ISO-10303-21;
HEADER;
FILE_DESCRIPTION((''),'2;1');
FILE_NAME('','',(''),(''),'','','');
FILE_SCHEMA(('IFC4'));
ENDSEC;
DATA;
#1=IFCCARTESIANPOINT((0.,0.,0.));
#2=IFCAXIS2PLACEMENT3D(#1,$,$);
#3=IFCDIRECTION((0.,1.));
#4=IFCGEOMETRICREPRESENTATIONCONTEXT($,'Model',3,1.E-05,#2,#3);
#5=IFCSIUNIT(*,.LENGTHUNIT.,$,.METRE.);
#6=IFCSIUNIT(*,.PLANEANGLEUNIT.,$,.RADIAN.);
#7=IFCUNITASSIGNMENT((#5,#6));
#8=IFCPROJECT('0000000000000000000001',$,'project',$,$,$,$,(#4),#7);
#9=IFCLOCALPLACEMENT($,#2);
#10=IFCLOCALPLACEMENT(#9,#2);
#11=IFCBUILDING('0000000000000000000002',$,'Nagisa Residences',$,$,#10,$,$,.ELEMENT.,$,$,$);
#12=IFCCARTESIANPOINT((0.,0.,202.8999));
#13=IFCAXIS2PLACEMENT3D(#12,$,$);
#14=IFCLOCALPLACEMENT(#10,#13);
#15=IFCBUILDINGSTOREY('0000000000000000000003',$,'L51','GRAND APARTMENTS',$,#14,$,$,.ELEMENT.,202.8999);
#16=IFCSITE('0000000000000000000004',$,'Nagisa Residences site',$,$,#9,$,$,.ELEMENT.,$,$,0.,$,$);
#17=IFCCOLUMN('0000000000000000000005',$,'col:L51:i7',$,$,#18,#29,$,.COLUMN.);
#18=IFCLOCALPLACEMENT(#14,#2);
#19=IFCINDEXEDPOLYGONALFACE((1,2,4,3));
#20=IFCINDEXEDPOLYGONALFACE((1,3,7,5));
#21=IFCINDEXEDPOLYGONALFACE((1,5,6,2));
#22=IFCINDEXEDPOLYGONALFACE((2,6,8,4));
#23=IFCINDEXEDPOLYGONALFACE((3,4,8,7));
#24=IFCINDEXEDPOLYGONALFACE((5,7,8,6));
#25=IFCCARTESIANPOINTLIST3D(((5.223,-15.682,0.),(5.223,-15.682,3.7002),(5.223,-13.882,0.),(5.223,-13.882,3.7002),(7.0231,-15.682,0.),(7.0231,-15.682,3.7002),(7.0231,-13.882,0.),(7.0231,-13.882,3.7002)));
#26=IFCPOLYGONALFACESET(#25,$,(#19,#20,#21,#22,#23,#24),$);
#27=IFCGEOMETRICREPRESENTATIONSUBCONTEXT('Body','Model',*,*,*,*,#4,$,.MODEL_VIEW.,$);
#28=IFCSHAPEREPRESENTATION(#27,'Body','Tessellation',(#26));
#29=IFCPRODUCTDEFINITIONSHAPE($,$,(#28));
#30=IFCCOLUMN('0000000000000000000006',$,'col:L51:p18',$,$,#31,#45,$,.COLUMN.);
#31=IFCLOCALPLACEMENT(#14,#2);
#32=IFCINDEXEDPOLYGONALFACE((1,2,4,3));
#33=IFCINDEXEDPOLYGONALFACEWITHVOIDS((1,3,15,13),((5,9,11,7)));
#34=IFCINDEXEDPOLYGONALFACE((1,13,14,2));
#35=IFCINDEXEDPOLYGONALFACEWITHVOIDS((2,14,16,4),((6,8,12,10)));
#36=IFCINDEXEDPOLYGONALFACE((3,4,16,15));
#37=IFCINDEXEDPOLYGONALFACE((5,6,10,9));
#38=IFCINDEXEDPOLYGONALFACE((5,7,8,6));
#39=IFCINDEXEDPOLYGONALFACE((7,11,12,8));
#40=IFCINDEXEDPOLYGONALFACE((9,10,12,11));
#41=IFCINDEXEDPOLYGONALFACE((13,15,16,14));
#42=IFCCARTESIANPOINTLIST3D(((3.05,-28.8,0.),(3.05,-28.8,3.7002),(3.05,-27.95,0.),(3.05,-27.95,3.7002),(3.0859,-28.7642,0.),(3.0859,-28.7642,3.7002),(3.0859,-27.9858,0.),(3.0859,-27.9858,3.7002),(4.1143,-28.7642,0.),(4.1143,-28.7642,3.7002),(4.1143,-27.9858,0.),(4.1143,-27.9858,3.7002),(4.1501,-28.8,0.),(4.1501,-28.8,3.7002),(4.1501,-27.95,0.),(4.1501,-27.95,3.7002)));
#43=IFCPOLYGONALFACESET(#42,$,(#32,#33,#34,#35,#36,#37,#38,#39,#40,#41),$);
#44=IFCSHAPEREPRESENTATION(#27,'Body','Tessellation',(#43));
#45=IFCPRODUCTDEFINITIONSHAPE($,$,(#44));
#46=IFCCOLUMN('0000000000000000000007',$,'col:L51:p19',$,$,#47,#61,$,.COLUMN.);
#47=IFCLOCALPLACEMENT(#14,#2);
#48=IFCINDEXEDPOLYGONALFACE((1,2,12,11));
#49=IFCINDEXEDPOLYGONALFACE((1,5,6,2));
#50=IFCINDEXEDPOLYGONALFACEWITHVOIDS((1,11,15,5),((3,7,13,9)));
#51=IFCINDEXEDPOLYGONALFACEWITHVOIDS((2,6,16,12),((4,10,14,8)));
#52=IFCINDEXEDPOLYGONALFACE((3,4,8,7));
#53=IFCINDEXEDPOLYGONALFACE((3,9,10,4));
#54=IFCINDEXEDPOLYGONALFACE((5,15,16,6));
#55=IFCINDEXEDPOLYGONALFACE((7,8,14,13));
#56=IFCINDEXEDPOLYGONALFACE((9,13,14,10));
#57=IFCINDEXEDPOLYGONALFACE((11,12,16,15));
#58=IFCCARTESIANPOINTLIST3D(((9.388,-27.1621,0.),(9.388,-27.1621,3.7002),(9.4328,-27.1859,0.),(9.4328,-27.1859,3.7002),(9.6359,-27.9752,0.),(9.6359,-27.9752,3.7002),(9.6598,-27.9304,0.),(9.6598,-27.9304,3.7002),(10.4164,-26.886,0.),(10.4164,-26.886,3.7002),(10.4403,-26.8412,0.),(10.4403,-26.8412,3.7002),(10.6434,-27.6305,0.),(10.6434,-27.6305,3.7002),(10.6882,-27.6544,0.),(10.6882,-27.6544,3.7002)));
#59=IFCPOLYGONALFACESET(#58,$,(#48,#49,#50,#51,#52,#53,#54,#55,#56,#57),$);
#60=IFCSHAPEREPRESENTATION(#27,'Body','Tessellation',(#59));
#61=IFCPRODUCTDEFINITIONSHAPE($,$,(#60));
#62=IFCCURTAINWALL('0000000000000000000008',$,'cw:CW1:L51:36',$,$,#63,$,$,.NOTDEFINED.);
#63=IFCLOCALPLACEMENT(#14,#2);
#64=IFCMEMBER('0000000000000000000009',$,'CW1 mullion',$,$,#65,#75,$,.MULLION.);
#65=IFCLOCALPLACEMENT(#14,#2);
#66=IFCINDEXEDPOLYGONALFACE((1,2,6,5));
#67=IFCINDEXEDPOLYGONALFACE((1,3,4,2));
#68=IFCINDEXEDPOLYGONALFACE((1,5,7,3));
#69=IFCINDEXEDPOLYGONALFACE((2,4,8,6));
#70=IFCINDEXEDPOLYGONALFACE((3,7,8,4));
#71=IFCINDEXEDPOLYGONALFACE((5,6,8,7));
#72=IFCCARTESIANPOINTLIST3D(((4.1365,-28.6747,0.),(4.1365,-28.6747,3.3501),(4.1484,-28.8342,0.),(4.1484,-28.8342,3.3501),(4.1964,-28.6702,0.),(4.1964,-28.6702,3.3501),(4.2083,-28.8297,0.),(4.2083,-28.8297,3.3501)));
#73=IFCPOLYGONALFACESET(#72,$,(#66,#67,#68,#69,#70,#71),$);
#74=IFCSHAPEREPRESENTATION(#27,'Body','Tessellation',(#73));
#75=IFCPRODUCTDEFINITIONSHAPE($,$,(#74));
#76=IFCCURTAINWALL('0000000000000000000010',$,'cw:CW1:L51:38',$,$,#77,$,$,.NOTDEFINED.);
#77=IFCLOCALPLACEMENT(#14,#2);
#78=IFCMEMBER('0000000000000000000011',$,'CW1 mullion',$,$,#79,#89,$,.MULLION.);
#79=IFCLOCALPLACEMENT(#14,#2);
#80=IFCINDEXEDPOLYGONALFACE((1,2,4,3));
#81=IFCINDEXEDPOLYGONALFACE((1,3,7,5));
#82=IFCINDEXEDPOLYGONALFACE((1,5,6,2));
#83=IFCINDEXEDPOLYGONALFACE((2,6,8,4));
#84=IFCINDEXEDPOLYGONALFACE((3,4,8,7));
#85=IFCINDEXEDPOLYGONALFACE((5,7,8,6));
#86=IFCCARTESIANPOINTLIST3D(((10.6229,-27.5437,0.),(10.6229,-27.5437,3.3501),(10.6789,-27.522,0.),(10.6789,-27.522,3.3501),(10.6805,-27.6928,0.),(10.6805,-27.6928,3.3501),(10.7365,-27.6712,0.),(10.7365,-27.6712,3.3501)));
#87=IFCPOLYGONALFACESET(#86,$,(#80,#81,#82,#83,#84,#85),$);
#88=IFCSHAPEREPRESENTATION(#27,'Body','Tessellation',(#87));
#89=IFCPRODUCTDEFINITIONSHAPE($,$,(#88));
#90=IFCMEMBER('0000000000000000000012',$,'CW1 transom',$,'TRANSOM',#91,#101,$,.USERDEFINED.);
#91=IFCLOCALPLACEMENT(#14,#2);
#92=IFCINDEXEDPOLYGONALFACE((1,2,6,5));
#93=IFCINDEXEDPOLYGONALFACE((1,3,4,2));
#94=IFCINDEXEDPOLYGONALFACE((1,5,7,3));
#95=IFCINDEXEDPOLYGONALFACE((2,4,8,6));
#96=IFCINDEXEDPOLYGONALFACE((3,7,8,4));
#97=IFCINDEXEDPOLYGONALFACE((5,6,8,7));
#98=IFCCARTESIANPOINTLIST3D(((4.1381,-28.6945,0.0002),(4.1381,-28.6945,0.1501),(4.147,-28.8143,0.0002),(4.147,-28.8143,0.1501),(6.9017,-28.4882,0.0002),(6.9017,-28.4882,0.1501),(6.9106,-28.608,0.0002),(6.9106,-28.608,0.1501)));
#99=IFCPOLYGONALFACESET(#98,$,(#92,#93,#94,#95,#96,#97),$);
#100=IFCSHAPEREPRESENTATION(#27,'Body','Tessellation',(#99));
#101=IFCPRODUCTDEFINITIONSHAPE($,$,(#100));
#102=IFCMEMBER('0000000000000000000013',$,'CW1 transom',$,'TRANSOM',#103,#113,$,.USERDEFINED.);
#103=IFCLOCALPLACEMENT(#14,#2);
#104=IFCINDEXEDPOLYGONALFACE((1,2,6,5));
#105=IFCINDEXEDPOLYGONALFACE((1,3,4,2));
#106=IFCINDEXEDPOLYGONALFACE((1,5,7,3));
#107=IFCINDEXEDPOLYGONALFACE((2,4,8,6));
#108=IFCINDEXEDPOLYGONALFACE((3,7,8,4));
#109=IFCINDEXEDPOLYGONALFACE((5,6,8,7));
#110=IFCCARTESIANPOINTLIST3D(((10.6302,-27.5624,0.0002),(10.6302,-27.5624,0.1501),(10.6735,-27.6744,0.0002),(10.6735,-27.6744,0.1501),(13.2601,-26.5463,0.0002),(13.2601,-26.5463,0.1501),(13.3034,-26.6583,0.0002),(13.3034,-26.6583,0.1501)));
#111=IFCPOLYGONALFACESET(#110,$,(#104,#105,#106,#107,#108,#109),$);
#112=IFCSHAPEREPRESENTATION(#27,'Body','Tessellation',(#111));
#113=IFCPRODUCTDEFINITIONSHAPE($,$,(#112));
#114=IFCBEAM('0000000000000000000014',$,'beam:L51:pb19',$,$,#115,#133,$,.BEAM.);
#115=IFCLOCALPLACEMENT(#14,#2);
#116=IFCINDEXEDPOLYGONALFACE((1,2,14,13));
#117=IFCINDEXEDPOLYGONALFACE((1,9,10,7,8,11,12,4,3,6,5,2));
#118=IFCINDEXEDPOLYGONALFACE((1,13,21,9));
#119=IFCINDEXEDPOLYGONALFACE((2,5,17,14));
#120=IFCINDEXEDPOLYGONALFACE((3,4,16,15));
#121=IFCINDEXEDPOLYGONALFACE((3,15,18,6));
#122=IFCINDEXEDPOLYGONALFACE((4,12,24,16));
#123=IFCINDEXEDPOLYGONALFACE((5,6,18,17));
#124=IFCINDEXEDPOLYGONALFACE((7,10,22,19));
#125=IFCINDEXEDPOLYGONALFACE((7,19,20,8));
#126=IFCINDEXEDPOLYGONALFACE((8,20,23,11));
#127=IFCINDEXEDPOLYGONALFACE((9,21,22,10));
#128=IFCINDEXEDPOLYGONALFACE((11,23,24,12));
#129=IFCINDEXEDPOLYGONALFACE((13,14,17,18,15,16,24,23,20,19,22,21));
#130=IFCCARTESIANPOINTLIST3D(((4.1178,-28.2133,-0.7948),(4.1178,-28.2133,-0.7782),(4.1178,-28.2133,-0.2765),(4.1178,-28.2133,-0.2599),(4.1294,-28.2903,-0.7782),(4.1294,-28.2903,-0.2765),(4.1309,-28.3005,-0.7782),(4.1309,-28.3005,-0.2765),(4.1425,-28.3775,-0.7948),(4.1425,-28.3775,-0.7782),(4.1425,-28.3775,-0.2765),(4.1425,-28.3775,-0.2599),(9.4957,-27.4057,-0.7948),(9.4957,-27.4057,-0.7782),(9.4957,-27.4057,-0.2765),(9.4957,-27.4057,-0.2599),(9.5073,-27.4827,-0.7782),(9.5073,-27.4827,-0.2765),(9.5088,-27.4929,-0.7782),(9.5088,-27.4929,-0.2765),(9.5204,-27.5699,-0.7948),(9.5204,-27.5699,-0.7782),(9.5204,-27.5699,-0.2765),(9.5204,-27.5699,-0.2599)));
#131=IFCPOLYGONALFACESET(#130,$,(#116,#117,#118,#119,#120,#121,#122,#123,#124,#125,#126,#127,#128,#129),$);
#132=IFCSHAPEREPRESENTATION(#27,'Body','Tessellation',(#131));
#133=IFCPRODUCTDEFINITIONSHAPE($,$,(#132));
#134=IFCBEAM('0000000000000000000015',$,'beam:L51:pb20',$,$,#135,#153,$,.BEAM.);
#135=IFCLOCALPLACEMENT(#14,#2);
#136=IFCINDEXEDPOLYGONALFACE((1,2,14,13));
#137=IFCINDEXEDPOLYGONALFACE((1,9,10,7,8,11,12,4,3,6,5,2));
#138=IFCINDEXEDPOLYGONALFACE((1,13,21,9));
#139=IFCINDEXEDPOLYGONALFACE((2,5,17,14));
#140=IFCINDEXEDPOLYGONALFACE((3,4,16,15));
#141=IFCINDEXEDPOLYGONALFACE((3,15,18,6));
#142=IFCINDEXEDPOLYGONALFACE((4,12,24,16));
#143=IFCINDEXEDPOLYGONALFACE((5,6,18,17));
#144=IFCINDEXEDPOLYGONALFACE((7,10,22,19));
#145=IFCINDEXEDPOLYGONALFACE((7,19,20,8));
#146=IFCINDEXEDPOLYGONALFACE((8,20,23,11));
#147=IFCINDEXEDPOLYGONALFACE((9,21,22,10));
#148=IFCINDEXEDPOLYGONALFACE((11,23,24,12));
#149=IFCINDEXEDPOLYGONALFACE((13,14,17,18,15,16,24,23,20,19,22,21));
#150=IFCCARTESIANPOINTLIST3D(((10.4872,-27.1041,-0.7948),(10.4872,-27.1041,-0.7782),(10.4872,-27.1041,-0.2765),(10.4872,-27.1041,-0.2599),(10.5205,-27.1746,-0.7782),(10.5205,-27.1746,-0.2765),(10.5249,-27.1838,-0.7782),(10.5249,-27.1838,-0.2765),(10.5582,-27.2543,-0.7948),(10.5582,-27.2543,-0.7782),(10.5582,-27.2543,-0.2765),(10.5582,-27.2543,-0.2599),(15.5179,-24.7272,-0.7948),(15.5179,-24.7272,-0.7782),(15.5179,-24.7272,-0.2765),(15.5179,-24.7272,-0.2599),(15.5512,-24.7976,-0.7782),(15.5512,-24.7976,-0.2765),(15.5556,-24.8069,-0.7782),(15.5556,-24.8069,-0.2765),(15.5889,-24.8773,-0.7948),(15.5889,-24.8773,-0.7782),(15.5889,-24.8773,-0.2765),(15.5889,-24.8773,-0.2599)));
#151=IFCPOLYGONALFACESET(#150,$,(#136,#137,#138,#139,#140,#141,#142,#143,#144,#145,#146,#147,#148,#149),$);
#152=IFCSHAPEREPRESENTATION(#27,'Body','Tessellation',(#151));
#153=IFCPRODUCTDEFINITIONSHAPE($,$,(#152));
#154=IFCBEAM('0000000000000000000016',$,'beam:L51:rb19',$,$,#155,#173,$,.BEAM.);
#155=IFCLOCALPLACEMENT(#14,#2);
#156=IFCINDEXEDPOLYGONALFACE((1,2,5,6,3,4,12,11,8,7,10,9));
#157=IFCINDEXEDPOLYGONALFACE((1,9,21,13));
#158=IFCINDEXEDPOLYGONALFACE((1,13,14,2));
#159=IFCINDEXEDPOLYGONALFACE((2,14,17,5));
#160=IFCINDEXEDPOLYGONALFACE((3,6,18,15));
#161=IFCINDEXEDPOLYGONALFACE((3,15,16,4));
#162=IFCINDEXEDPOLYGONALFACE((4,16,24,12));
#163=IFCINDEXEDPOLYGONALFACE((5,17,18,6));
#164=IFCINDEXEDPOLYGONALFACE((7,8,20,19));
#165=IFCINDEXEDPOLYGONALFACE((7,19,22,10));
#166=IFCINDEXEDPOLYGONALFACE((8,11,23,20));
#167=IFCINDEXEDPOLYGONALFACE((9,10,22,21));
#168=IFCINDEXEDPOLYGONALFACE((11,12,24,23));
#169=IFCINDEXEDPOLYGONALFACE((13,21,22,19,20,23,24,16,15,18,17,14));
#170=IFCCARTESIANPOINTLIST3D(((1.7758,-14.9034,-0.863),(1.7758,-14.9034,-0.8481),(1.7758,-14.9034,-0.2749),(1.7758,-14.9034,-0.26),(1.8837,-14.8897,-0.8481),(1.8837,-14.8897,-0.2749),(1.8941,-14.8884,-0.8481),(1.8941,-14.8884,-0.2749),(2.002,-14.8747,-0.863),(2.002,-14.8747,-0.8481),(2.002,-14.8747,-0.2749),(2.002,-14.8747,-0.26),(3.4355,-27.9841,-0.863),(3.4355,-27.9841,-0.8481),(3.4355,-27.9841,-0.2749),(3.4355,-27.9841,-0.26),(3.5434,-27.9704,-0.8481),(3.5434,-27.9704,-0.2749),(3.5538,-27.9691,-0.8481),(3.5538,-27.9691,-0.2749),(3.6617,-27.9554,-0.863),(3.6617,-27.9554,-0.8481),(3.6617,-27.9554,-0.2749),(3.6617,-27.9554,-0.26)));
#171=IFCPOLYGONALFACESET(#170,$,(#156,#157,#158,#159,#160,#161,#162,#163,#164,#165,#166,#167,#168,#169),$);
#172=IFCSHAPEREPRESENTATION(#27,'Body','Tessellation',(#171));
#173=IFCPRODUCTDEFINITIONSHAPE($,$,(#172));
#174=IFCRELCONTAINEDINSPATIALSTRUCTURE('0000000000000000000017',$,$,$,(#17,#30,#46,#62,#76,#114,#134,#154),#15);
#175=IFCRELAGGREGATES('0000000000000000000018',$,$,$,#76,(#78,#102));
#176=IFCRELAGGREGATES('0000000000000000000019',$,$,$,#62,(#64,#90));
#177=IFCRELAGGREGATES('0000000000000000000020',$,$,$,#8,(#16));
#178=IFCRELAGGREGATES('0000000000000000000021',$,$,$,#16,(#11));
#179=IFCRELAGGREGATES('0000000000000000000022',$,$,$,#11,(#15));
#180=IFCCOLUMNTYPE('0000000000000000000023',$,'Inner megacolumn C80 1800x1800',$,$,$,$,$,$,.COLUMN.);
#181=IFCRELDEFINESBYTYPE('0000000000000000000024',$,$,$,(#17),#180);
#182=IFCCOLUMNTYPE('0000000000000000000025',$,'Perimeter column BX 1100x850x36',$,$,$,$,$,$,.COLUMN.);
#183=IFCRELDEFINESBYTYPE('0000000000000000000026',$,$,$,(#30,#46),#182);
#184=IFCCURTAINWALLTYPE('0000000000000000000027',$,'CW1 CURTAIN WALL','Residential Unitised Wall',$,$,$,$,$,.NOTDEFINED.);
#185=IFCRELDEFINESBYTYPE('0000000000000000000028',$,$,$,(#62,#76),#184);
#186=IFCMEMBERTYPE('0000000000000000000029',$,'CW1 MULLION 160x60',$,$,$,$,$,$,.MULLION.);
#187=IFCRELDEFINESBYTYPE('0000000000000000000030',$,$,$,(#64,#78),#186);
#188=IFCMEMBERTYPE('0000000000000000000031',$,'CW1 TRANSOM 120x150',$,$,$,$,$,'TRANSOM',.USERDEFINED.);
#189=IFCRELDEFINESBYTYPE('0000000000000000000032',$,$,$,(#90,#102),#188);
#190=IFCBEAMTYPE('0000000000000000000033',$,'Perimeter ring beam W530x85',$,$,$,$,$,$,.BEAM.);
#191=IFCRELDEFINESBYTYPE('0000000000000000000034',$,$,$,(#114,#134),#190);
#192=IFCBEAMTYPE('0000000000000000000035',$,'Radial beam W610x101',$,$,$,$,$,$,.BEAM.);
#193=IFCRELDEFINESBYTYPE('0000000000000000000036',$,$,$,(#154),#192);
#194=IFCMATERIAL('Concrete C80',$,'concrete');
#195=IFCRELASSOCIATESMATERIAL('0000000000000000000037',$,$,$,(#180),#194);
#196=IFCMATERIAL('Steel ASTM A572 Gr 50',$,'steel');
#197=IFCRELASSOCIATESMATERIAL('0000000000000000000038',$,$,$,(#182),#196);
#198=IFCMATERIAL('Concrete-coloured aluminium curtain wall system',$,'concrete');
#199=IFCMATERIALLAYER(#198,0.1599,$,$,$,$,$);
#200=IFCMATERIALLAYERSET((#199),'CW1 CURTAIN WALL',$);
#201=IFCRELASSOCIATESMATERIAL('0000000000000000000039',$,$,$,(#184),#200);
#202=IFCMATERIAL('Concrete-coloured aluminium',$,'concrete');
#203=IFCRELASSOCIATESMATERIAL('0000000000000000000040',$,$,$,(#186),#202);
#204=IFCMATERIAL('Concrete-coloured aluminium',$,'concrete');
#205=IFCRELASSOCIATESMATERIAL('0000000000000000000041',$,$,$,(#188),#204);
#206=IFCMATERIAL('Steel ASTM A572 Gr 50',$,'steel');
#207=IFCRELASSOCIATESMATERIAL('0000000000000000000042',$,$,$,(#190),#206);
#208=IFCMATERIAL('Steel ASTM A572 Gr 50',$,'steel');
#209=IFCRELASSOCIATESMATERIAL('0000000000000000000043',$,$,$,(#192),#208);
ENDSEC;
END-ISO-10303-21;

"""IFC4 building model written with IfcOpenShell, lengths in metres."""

from ifc_helpers import new_model, si_unit, direction, frame, origin, origin_2d, place, context, subcontext, project, spatial, rectangle, hollow_rectangle, i_section, extrude, material, layer, layer_set, material_profile, profile_set, type_object, element, aggregate, save


model = new_model("IFC4")

# Units and contexts
model_context = context("Model", 3, precision=1e-05, world=origin(), true_north=direction((0.0, 1.0)))
body_context = subcontext(model_context, "Body", "Model", "MODEL_VIEW")
ifc_project = project(units=[si_unit("LENGTHUNIT", "METRE"), si_unit("PLANEANGLEUNIT", "RADIAN")], contexts=[model_context])

# Site, building, storey
site_placement = place(None, origin())
site = spatial("IfcSite", under=ifc_project, at=site_placement, Name="Nagisa Residences site", CompositionType="ELEMENT", RefElevation=0.0)
building_placement = place(site_placement, origin())
building = spatial("IfcBuilding", under=site, at=building_placement, Name="Nagisa Residences", CompositionType="ELEMENT")
storey_placement = place(building_placement, frame((0.0, 0.0, 202.8999)))
storey = spatial("IfcBuildingStorey", under=building, at=storey_placement, Name="L51", Description="GRAND APARTMENTS", CompositionType="ELEMENT", Elevation=202.8999)

# Columns
ifc_material_1 = material(Name="Concrete C80", Category="concrete")
ifc_material_profile_1 = material_profile(ifc_material_1, rectangle(XDim=1.8, YDim=1.8, at=origin_2d()), Name="C80 1800x1800")
ifc_profile_set_1 = profile_set([ifc_material_profile_1], Name="Concrete C80")
column_type_1 = type_object("IfcColumnType", Name="Inner megacolumn C80 1800x1800", PredefinedType="COLUMN", material=ifc_profile_set_1)
column_placement = place(storey_placement, frame((6.123, -14.782, 0.0), z_axis=(0.0, 0.0, 1.0), x_axis=(1.0, 0.0, 0.0)))
element("IfcColumn", 1, at=column_placement, inside=storey, type_object=column_type_1, Name="col:L51:i7", PredefinedType="COLUMN", context=body_context, shape_type="SweptSolid", body=[
    extrude(rectangle(XDim=1.8, YDim=1.8, at=origin_2d()), origin(), (0.0, 0.0, 1.0), 3.7002),
])
ifc_material_2 = material(Name="Steel ASTM A572 Gr 50", Category="steel")
ifc_material_profile_2 = material_profile(ifc_material_2, hollow_rectangle(XDim=1.1001, YDim=0.8501, WallThickness=0.0359, at=origin_2d()), Name="BX 1100x850x36")
ifc_profile_set_2 = profile_set([ifc_material_profile_2], Name="Steel ASTM A572 Gr 50")
column_type_2 = type_object("IfcColumnType", Name="Perimeter column BX 1100x850x36", PredefinedType="COLUMN", material=ifc_profile_set_2)
for number, where, z_axis, x_axis, name in (
    (2, (3.6001, -28.375, 0.0), (0.0, 0.0, 1.0), (1.0, 0.0, 0.0), "col:L51:p18"),
    (3, (10.0381, -27.4082, 0.0), (0.0, 0.0, 1.0), (0.956525, 0.291652, 0.0), "col:L51:p19"),
):
    element("IfcColumn", number, at=place(storey_placement, frame(where, z_axis=z_axis, x_axis=x_axis)), inside=storey, type_object=column_type_2, Name=name, PredefinedType="COLUMN", context=body_context, shape_type="SweptSolid", body=[
        extrude(hollow_rectangle(XDim=1.1001, YDim=0.8501, WallThickness=0.0359, at=origin_2d()), origin(), (0.0, 0.0, 1.0), 3.7002),
    ])

# Curtain walls, members
ifc_material_3 = material(Name="Concrete-coloured aluminium curtain wall system", Category="concrete")
ifc_layer_1 = layer(ifc_material_3, 0.1599)
ifc_layer_set_1 = layer_set([ifc_layer_1], Name="CW1 CURTAIN WALL")
curtain_wall_type = type_object("IfcCurtainWallType", Name="CW1 CURTAIN WALL", Description="Residential Unitised Wall", PredefinedType="NOTDEFINED", material=ifc_layer_set_1)
curtain_wall_1_placement = place(storey_placement, origin())
curtain_wall_1 = element("IfcCurtainWall", 4, at=curtain_wall_1_placement, inside=storey, type_object=curtain_wall_type, Name="cw:CW1:L51:36", PredefinedType="NOTDEFINED")
ifc_material_4 = material(Name="Concrete-coloured aluminium", Category="concrete")
ifc_material_profile_3 = material_profile(ifc_material_4, rectangle(XDim=0.1599, YDim=0.0601, at=origin_2d()), Name="CW1 MULLION 160x60")
ifc_profile_set_3 = profile_set([ifc_material_profile_3], Name="Concrete-coloured aluminium")
member_type_1 = type_object("IfcMemberType", Name="CW1 MULLION 160x60", PredefinedType="MULLION", material=ifc_profile_set_3)
member_1_placement = place(storey_placement, frame((4.1724, -28.7522, 0.0), z_axis=(0.0, 0.0, 1.0), x_axis=(-0.074377, 0.99723, 0.0)))
member_1 = element("IfcMember", 5, at=member_1_placement, type_object=member_type_1, Name="CW1 mullion", PredefinedType="MULLION", context=body_context, shape_type="SweptSolid", body=[
    extrude(rectangle(XDim=0.1599, YDim=0.0601, at=origin_2d()), origin(), (0.0, 0.0, 1.0), 3.3501),
])
curtain_wall_2_placement = place(storey_placement, origin())
curtain_wall_2 = element("IfcCurtainWall", 6, at=curtain_wall_2_placement, inside=storey, type_object=curtain_wall_type, Name="cw:CW1:L51:38", PredefinedType="NOTDEFINED")
member_2_placement = place(storey_placement, frame((10.6797, -27.6074, 0.0), z_axis=(0.0, 0.0, 1.0), x_axis=(-0.360328, 0.932826, 0.0)))
member_2 = element("IfcMember", 7, at=member_2_placement, type_object=member_type_1, Name="CW1 mullion", PredefinedType="MULLION", context=body_context, shape_type="SweptSolid", body=[
    extrude(rectangle(XDim=0.1599, YDim=0.0601, at=origin_2d()), origin(), (0.0, 0.0, 1.0), 3.3501),
])

# Members
ifc_material_5 = material(Name="Concrete-coloured aluminium", Category="concrete")
ifc_material_profile_4 = material_profile(ifc_material_5, rectangle(XDim=0.1201, YDim=0.1499, at=origin_2d()), Name="CW1 TRANSOM 120x150")
ifc_profile_set_4 = profile_set([ifc_material_profile_4], Name="Concrete-coloured aluminium")
member_type_2 = type_object("IfcMemberType", Name="CW1 TRANSOM 120x150", ElementType="TRANSOM", PredefinedType="USERDEFINED", material=ifc_profile_set_4)
member_3_placement = place(storey_placement, frame((4.1426, -28.7544, 0.0752), z_axis=(0.997226, 0.07444, 0.0), x_axis=(-0.07444, 0.997226, 0.0)))
member_3 = element("IfcMember", 8, at=member_3_placement, type_object=member_type_2, Name="CW1 transom", ObjectType="TRANSOM", PredefinedType="USERDEFINED", context=body_context, shape_type="SweptSolid", body=[
    extrude(rectangle(XDim=0.1201, YDim=0.1499, at=origin_2d()), origin(), (0.0, 0.0, 1.0), 2.7712),
])
member_4_placement = place(storey_placement, frame((10.6519, -27.6184, 0.0752), z_axis=(0.932795, 0.360406, 0.0), x_axis=(-0.360406, 0.932795, 0.0)))
member_4 = element("IfcMember", 9, at=member_4_placement, type_object=member_type_2, Name="CW1 transom", ObjectType="TRANSOM", PredefinedType="USERDEFINED", context=body_context, shape_type="SweptSolid", body=[
    extrude(rectangle(XDim=0.1201, YDim=0.1499, at=origin_2d()), origin(), (0.0, 0.0, 1.0), 2.8193),
])
aggregate(curtain_wall_2, [member_2, member_4])

# Beams
ifc_material_6 = material(Name="Steel ASTM A572 Gr 50", Category="steel")
ifc_material_profile_5 = material_profile(ifc_material_6, i_section(OverallWidth=0.166, OverallDepth=0.5349, WebThickness=0.0103, FlangeThickness=0.0166, at=origin_2d()), Name="W530x85")
ifc_profile_set_5 = profile_set([ifc_material_profile_5], Name="Steel ASTM A572 Gr 50")
beam_type_1 = type_object("IfcBeamType", Name="Perimeter ring beam W530x85", PredefinedType="BEAM", material=ifc_profile_set_5)
beam_1_placement = place(storey_placement, frame((4.1301, -28.2954, -0.5273), z_axis=(0.988911, 0.148507, 0.0), x_axis=(-0.148507, 0.988911, 0.0)))
element("IfcBeam", 10, at=beam_1_placement, inside=storey, type_object=beam_type_1, Name="beam:L51:pb19", PredefinedType="BEAM", context=body_context, shape_type="SweptSolid", body=[
    extrude(i_section(OverallWidth=0.166, OverallDepth=0.5349, WebThickness=0.0103, FlangeThickness=0.0166, at=origin_2d()), origin(), (0.0, 0.0, 1.0), 5.4382),
])
beam_2_placement = place(storey_placement, frame((10.5227, -27.1792, -0.5273), z_axis=(0.904157, 0.4272, 0.0), x_axis=(-0.4272, 0.904157, 0.0)))
element("IfcBeam", 11, at=beam_2_placement, inside=storey, type_object=beam_type_1, Name="beam:L51:pb20", PredefinedType="BEAM", context=body_context, shape_type="SweptSolid", body=[
    extrude(i_section(OverallWidth=0.166, OverallDepth=0.5349, WebThickness=0.0103, FlangeThickness=0.0166, at=origin_2d()), origin(), (0.0, 0.0, 1.0), 5.564),
])
ifc_material_7 = material(Name="Steel ASTM A572 Gr 50", Category="steel")
ifc_material_profile_6 = material_profile(ifc_material_7, i_section(OverallWidth=0.228, OverallDepth=0.603, WebThickness=0.0105, FlangeThickness=0.0149, at=origin_2d()), Name="W610x101")
ifc_profile_set_6 = profile_set([ifc_material_profile_6], Name="Steel ASTM A572 Gr 50")
beam_type_2 = type_object("IfcBeamType", Name="Radial beam W610x101", PredefinedType="BEAM", material=ifc_profile_set_6)
beam_3_placement = place(storey_placement, frame((3.5486, -27.9697, -0.5615), z_axis=(-0.125871, 0.992047, 0.0), x_axis=(-0.992047, -0.125871, 0.0)))
element("IfcBeam", 12, at=beam_3_placement, inside=storey, type_object=beam_type_2, Name="beam:L51:rb19", PredefinedType="BEAM", context=body_context, shape_type="SweptSolid", body=[
    extrude(i_section(OverallWidth=0.228, OverallDepth=0.603, WebThickness=0.0105, FlangeThickness=0.0149, at=origin_2d()), origin(), (0.0, 0.0, 1.0), 13.1855),
])

aggregate(curtain_wall_1, [member_1, member_3])

save(model, "model.ifc")
